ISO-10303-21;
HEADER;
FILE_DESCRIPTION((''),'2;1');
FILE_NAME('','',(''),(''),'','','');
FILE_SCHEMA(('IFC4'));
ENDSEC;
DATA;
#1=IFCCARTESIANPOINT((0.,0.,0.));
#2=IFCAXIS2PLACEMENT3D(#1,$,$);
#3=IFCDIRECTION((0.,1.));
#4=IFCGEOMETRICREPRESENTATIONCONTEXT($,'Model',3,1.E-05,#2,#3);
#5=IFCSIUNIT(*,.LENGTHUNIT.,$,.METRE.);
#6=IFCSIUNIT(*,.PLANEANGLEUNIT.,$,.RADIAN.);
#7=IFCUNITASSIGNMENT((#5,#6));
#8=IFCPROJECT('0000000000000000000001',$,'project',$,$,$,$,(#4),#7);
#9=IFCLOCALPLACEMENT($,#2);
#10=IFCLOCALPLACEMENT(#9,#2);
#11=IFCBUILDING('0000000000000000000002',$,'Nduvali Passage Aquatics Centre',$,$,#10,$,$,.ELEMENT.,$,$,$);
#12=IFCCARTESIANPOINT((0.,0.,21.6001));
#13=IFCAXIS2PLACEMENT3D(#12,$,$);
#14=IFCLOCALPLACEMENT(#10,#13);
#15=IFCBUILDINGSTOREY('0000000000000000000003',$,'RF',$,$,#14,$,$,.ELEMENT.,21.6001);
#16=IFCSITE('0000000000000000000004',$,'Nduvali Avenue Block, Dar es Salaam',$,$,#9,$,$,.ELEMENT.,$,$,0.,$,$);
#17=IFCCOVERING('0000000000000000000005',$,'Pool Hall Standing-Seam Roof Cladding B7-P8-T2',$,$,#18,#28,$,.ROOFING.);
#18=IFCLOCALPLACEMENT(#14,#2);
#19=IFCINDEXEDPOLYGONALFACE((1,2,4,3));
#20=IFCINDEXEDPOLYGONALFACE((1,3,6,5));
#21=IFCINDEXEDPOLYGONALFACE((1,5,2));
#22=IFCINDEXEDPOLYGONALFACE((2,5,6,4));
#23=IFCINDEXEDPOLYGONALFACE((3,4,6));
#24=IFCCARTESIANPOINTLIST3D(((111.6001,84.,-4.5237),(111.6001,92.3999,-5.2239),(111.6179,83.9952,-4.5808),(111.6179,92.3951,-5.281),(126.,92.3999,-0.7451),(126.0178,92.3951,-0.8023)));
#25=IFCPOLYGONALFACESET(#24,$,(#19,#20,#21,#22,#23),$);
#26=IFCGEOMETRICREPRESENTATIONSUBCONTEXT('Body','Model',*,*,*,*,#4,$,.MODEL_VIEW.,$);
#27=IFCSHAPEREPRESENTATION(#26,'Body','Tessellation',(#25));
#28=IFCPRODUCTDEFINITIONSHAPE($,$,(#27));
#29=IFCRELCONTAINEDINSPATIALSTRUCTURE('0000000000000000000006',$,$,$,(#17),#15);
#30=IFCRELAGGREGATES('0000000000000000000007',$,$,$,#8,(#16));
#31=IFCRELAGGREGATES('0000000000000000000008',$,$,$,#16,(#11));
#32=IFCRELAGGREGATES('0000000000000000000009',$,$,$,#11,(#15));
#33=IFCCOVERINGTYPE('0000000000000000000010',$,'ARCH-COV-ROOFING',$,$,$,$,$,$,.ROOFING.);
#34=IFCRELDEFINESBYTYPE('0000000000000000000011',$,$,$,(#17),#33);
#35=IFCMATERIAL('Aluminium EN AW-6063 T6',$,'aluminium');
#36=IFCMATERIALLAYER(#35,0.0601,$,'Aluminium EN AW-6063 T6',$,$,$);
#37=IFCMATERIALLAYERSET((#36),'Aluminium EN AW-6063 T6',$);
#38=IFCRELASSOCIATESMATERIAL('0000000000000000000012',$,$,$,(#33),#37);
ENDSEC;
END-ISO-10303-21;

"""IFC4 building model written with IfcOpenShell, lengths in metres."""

from ifc_helpers import new_model, si_unit, direction, frame, origin, place, context, subcontext, project, spatial, polyline, outline, extrude, material, layer, layer_set, type_object, element, save


model = new_model("IFC4")

# Units and contexts
model_context = context("Model", 3, precision=1e-05, world=origin(), true_north=direction((0.0, 1.0)))
body_context = subcontext(model_context, "Body", "Model", "MODEL_VIEW")
ifc_project = project(units=[si_unit("LENGTHUNIT", "METRE"), si_unit("PLANEANGLEUNIT", "RADIAN")], contexts=[model_context])

# Site, building, storey
site_placement = place(None, origin())
site = spatial("IfcSite", under=ifc_project, at=site_placement, Name="Nduvali Avenue Block, Dar es Salaam", CompositionType="ELEMENT", RefElevation=0.0)
building_placement = place(site_placement, origin())
building = spatial("IfcBuilding", under=site, at=building_placement, Name="Nduvali Passage Aquatics Centre", CompositionType="ELEMENT")
storey_placement = place(building_placement, frame((0.0, 0.0, 21.6001)))
storey = spatial("IfcBuildingStorey", under=building, at=storey_placement, Name="RF", CompositionType="ELEMENT", Elevation=21.6001)

# Covering
ifc_material_1 = material(Name="Aluminium EN AW-6063 T6", Category="aluminium")
ifc_layer_1 = layer(ifc_material_1, 0.0601, Name="Aluminium EN AW-6063 T6")
ifc_layer_set_1 = layer_set([ifc_layer_1], Name="Aluminium EN AW-6063 T6")
covering_type = type_object("IfcCoveringType", Name="ARCH-COV-ROOFING", PredefinedType="ROOFING", material=ifc_layer_set_1)
covering_1_placement = place(storey_placement, frame((111.6001, 84.0, -4.5237), z_axis=(-0.296057, 0.079345, 0.951869), x_axis=(0.842412, 0.491405, 0.221051)))
element("IfcCovering", 1, at=covering_1_placement, inside=storey, type_object=covering_type, Name="Pool Hall Standing-Seam Roof Cladding B7-P8-T2", PredefinedType="ROOFING", context=body_context, shape_type="SweptSolid", body=[
    extrude(outline(polyline([(0.0, 0.0), (17.0937, 0.0), (3.973, 7.434), (0.0, 0.0)])), origin(), (0.0, 0.0, -1.0), 0.0601),
])

save(model, "model.ifc")
